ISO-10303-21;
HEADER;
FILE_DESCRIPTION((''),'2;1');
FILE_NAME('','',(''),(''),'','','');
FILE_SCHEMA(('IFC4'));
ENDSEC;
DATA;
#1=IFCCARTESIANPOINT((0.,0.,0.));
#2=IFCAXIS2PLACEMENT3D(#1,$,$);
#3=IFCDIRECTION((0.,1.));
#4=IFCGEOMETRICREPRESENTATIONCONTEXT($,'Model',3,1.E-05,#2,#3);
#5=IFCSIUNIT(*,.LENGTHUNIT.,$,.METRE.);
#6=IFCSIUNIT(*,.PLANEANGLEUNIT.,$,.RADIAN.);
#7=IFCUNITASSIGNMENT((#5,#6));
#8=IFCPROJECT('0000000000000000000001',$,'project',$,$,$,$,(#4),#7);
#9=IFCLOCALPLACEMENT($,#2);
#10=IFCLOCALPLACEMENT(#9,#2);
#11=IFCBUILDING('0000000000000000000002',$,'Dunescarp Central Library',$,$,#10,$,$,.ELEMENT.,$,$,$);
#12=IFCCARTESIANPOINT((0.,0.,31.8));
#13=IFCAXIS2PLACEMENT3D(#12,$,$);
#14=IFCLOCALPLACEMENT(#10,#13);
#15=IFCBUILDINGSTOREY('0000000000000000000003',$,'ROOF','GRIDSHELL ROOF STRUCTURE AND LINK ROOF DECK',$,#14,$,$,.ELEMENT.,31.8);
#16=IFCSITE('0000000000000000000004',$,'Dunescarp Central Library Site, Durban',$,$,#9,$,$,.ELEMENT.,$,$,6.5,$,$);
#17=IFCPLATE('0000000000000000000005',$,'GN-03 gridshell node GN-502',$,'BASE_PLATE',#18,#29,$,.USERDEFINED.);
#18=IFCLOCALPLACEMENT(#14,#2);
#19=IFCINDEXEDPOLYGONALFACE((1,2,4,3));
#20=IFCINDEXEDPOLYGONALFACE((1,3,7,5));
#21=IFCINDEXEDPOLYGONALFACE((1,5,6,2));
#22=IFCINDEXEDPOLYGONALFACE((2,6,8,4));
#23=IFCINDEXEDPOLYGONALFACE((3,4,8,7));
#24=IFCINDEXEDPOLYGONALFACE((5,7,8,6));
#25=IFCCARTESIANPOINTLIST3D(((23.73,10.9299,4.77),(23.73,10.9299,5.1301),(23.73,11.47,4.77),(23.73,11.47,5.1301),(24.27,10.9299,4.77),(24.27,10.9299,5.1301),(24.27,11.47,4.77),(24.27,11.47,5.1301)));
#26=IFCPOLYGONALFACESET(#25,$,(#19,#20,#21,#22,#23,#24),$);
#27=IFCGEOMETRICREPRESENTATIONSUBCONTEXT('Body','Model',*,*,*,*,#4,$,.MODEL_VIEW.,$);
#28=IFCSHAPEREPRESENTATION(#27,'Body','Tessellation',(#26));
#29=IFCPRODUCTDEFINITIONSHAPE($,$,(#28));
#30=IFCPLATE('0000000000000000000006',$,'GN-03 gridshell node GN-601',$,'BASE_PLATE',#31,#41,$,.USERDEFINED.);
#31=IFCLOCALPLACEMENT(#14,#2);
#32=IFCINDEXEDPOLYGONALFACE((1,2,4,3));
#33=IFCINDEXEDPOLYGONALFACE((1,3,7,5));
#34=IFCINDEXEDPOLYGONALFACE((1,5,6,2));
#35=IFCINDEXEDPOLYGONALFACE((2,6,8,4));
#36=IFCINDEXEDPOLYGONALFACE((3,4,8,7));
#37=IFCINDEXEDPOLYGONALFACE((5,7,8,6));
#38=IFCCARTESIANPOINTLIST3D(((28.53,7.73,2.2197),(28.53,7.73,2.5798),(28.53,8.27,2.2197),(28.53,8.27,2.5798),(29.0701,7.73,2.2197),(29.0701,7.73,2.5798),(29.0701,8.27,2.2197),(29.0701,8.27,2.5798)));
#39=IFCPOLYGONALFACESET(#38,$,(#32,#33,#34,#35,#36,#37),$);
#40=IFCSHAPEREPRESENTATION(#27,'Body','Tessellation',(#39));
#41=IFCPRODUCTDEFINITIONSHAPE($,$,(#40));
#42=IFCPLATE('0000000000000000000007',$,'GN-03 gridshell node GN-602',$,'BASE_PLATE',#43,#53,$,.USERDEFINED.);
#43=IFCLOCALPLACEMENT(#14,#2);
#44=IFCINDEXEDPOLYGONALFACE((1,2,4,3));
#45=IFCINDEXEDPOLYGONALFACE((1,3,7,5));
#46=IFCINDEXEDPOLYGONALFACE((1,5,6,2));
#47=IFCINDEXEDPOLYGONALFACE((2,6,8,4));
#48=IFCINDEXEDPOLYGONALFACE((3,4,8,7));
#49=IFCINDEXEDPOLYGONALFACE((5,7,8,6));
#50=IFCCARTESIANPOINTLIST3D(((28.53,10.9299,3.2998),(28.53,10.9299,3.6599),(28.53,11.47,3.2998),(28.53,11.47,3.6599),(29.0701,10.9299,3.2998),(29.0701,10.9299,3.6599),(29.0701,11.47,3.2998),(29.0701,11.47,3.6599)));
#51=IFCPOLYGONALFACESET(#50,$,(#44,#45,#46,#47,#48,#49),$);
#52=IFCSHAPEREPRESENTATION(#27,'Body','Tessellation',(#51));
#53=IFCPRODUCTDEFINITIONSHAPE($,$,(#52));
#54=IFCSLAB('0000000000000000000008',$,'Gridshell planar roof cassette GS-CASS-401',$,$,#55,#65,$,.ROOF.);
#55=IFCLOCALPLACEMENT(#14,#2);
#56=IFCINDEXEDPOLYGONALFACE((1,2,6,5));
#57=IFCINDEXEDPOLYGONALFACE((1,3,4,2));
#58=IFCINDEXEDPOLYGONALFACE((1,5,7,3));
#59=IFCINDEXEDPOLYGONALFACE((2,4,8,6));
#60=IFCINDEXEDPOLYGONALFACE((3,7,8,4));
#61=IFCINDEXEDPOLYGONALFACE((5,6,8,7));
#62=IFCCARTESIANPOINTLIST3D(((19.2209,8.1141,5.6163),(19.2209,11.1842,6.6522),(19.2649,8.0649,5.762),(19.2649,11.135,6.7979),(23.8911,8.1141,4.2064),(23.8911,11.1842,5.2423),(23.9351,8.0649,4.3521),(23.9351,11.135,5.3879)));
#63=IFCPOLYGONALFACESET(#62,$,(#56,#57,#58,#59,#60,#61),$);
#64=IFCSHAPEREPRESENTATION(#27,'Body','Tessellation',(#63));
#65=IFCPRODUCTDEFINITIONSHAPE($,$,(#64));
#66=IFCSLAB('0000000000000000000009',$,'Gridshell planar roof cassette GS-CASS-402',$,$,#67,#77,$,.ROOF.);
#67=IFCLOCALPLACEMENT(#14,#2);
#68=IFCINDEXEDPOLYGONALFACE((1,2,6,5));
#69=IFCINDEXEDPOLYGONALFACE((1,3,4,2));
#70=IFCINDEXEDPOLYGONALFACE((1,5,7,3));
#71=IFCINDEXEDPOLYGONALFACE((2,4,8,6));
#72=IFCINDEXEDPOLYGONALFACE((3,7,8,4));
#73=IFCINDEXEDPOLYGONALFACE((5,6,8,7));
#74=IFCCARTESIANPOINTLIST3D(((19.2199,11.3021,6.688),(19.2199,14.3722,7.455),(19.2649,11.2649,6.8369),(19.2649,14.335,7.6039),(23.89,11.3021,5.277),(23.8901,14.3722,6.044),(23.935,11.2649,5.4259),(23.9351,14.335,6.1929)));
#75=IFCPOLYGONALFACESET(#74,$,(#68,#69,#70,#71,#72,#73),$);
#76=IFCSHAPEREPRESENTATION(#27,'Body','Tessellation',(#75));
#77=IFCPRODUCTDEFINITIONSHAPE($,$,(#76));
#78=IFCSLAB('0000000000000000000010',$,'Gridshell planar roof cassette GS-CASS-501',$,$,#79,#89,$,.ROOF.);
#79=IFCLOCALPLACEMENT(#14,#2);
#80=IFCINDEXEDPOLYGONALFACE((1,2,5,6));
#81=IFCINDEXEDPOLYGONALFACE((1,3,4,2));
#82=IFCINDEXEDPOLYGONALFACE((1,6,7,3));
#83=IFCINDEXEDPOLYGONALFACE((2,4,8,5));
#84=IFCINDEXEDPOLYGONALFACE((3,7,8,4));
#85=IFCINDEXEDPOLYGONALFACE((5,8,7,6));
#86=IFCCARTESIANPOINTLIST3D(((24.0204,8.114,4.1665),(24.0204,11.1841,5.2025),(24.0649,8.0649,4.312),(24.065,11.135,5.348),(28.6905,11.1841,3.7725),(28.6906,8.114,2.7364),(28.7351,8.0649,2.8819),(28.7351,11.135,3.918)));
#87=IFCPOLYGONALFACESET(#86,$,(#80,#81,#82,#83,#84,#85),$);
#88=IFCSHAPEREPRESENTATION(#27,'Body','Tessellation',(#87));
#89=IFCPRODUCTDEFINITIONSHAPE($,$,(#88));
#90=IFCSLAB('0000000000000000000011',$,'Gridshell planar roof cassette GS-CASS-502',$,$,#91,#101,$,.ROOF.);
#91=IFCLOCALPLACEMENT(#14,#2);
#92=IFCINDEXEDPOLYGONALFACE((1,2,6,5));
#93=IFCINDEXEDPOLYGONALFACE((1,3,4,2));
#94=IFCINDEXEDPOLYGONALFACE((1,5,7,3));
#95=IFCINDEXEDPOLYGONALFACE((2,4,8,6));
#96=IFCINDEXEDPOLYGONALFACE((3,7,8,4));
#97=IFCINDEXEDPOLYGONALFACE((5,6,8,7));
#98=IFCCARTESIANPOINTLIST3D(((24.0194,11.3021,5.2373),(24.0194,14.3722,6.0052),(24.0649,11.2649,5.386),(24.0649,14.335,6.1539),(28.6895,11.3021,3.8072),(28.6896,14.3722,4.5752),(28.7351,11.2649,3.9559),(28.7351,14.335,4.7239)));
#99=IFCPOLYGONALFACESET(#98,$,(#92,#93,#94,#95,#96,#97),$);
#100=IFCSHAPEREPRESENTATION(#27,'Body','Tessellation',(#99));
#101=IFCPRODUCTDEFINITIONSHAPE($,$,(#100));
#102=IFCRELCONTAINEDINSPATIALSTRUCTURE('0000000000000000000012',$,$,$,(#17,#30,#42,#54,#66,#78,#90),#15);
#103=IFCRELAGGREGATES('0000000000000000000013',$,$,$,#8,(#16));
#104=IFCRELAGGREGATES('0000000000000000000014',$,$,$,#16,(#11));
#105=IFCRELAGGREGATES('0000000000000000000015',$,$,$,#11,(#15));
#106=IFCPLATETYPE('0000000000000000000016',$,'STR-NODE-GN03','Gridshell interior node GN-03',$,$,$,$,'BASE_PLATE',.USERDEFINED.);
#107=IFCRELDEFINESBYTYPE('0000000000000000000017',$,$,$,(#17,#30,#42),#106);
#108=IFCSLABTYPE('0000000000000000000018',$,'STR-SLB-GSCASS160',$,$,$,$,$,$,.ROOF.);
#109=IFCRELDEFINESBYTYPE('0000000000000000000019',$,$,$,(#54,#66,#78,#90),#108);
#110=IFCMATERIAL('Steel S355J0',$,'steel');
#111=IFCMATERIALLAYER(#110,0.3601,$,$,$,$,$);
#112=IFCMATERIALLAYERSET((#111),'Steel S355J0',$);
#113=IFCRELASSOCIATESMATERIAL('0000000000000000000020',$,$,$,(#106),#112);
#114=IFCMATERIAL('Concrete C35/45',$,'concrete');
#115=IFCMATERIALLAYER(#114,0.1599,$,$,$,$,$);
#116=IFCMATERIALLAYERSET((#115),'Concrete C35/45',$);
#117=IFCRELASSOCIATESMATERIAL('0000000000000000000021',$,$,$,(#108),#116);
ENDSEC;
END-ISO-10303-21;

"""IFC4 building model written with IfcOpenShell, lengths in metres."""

from ifc_helpers import new_model, si_unit, direction, frame, origin, origin_2d, place, context, subcontext, project, spatial, polyline, rectangle, outline, extrude, material, layer, layer_set, type_object, element, save


model = new_model("IFC4")

# Units and contexts
model_context = context("Model", 3, precision=1e-05, world=origin(), true_north=direction((0.0, 1.0)))
body_context = subcontext(model_context, "Body", "Model", "MODEL_VIEW")
ifc_project = project(units=[si_unit("LENGTHUNIT", "METRE"), si_unit("PLANEANGLEUNIT", "RADIAN")], contexts=[model_context])

# Site, building, storey
site_placement = place(None, origin())
site = spatial("IfcSite", under=ifc_project, at=site_placement, Name="Dunescarp Central Library Site, Durban", CompositionType="ELEMENT", RefElevation=6.5)
building_placement = place(site_placement, origin())
building = spatial("IfcBuilding", under=site, at=building_placement, Name="Dunescarp Central Library", CompositionType="ELEMENT")
storey_placement = place(building_placement, frame((0.0, 0.0, 31.8)))
storey = spatial("IfcBuildingStorey", under=building, at=storey_placement, Name="ROOF", Description="GRIDSHELL ROOF STRUCTURE AND LINK ROOF DECK", CompositionType="ELEMENT", Elevation=31.8)

# Shared definitions
ifc_material_1 = material(Name="Steel S355J0", Category="steel")

# Plates
ifc_layer_1 = layer(ifc_material_1, 0.3601)
ifc_layer_set_1 = layer_set([ifc_layer_1], Name="Steel S355J0")
plate_type = type_object("IfcPlateType", Name="STR-NODE-GN03", Description="Gridshell interior node GN-03", ElementType="BASE_PLATE", PredefinedType="USERDEFINED", material=ifc_layer_set_1)
for number, where, z_axis, x_axis, name in (
    (1, (24.0, 11.2, 4.77), (0.0, 0.0, 1.0), (1.0, 0.0, 0.0), "GN-03 gridshell node GN-502"),
    (2, (28.8, 8.0, 2.2197), (0.0, 0.0, 1.0), (1.0, 0.0, 0.0), "GN-03 gridshell node GN-601"),
    (3, (28.8, 11.2, 3.2998), (0.0, 0.0, 1.0), (1.0, 0.0, 0.0), "GN-03 gridshell node GN-602"),
):
    element("IfcPlate", number, at=place(storey_placement, frame(where, z_axis=z_axis, x_axis=x_axis)), inside=storey, type_object=plate_type, Name=name, ObjectType="BASE_PLATE", PredefinedType="USERDEFINED", context=body_context, shape_type="SweptSolid", body=[
        extrude(rectangle(XDim=0.54, YDim=0.54, at=origin_2d()), origin(), (0.0, 0.0, 1.0), 0.3601),
    ])

# Slabs
ifc_material_2 = material(Name="Concrete C35/45", Category="concrete")
ifc_layer_2 = layer(ifc_material_2, 0.1599)
ifc_layer_set_2 = layer_set([ifc_layer_2], Name="Concrete C35/45")
slab_type = type_object("IfcSlabType", Name="STR-SLB-GSCASS160", PredefinedType="ROOF", material=ifc_layer_set_2)
slab_1_placement = place(storey_placement, frame((19.2649, 8.0649, 5.762), z_axis=(0.275022, -0.307378, 0.910978), x_axis=(0.957325, 0.0, -0.289014)))
element("IfcSlab", 4, at=slab_1_placement, inside=storey, type_object=slab_type, Name="Gridshell planar roof cassette GS-CASS-401", PredefinedType="ROOF", context=body_context, shape_type="SweptSolid", body=[
    extrude(outline(polyline([(0.0, 0.0), (4.8784, 0.0), (4.579, 3.2263), (-0.2994, 3.2263), (0.0, 0.0)])), origin(), (0.0, 0.0, -1.0), 0.1599),
])
slab_2_placement = place(storey_placement, frame((19.2649, 11.2649, 6.8369), z_axis=(0.281289, -0.232586, 0.93101), x_axis=(0.957263, 0.000005, -0.289219)))
element("IfcSlab", 5, at=slab_2_placement, inside=storey, type_object=slab_type, Name="Gridshell planar roof cassette GS-CASS-402", PredefinedType="ROOF", context=body_context, shape_type="SweptSolid", body=[
    extrude(outline(polyline([(0.0, 0.0), (4.8786, 0.0), (4.6569, 3.1566), (-0.2218, 3.1567), (0.0, 0.0)])), origin(), (0.0, 0.0, -1.0), 0.1599),
])
slab_3_placement = place(storey_placement, frame((24.0649, 8.0649, 4.312), z_axis=(0.278645, -0.307077, 0.909978), x_axis=(0.956176, -0.000007, -0.292793)))
element("IfcSlab", 6, at=slab_3_placement, inside=storey, type_object=slab_type, Name="Gridshell planar roof cassette GS-CASS-501", PredefinedType="ROOF", context=body_context, shape_type="SweptSolid", body=[
    extrude(outline(polyline([(0.0, 0.0), (4.8842, 0.0), (4.5809, 3.226), (-0.3033, 3.2259), (0.0, 0.0)])), origin(), (0.0, 0.0, -1.0), 0.1599),
])
slab_4_placement = place(storey_placement, frame((24.0649, 11.2649, 5.386), z_axis=(0.28476, -0.232616, 0.929947), x_axis=(0.956177, 0.000005, -0.29279)))
element("IfcSlab", 7, at=slab_4_placement, inside=storey, type_object=slab_type, Name="Gridshell planar roof cassette GS-CASS-502", PredefinedType="ROOF", context=body_context, shape_type="SweptSolid", body=[
    extrude(outline(polyline([(0.0, 0.0), (4.8842, 0.0), (4.6594, 3.1566), (-0.2249, 3.1567), (0.0, 0.0)])), origin(), (0.0, 0.0, -1.0), 0.1599),
])

save(model, "model.ifc")
